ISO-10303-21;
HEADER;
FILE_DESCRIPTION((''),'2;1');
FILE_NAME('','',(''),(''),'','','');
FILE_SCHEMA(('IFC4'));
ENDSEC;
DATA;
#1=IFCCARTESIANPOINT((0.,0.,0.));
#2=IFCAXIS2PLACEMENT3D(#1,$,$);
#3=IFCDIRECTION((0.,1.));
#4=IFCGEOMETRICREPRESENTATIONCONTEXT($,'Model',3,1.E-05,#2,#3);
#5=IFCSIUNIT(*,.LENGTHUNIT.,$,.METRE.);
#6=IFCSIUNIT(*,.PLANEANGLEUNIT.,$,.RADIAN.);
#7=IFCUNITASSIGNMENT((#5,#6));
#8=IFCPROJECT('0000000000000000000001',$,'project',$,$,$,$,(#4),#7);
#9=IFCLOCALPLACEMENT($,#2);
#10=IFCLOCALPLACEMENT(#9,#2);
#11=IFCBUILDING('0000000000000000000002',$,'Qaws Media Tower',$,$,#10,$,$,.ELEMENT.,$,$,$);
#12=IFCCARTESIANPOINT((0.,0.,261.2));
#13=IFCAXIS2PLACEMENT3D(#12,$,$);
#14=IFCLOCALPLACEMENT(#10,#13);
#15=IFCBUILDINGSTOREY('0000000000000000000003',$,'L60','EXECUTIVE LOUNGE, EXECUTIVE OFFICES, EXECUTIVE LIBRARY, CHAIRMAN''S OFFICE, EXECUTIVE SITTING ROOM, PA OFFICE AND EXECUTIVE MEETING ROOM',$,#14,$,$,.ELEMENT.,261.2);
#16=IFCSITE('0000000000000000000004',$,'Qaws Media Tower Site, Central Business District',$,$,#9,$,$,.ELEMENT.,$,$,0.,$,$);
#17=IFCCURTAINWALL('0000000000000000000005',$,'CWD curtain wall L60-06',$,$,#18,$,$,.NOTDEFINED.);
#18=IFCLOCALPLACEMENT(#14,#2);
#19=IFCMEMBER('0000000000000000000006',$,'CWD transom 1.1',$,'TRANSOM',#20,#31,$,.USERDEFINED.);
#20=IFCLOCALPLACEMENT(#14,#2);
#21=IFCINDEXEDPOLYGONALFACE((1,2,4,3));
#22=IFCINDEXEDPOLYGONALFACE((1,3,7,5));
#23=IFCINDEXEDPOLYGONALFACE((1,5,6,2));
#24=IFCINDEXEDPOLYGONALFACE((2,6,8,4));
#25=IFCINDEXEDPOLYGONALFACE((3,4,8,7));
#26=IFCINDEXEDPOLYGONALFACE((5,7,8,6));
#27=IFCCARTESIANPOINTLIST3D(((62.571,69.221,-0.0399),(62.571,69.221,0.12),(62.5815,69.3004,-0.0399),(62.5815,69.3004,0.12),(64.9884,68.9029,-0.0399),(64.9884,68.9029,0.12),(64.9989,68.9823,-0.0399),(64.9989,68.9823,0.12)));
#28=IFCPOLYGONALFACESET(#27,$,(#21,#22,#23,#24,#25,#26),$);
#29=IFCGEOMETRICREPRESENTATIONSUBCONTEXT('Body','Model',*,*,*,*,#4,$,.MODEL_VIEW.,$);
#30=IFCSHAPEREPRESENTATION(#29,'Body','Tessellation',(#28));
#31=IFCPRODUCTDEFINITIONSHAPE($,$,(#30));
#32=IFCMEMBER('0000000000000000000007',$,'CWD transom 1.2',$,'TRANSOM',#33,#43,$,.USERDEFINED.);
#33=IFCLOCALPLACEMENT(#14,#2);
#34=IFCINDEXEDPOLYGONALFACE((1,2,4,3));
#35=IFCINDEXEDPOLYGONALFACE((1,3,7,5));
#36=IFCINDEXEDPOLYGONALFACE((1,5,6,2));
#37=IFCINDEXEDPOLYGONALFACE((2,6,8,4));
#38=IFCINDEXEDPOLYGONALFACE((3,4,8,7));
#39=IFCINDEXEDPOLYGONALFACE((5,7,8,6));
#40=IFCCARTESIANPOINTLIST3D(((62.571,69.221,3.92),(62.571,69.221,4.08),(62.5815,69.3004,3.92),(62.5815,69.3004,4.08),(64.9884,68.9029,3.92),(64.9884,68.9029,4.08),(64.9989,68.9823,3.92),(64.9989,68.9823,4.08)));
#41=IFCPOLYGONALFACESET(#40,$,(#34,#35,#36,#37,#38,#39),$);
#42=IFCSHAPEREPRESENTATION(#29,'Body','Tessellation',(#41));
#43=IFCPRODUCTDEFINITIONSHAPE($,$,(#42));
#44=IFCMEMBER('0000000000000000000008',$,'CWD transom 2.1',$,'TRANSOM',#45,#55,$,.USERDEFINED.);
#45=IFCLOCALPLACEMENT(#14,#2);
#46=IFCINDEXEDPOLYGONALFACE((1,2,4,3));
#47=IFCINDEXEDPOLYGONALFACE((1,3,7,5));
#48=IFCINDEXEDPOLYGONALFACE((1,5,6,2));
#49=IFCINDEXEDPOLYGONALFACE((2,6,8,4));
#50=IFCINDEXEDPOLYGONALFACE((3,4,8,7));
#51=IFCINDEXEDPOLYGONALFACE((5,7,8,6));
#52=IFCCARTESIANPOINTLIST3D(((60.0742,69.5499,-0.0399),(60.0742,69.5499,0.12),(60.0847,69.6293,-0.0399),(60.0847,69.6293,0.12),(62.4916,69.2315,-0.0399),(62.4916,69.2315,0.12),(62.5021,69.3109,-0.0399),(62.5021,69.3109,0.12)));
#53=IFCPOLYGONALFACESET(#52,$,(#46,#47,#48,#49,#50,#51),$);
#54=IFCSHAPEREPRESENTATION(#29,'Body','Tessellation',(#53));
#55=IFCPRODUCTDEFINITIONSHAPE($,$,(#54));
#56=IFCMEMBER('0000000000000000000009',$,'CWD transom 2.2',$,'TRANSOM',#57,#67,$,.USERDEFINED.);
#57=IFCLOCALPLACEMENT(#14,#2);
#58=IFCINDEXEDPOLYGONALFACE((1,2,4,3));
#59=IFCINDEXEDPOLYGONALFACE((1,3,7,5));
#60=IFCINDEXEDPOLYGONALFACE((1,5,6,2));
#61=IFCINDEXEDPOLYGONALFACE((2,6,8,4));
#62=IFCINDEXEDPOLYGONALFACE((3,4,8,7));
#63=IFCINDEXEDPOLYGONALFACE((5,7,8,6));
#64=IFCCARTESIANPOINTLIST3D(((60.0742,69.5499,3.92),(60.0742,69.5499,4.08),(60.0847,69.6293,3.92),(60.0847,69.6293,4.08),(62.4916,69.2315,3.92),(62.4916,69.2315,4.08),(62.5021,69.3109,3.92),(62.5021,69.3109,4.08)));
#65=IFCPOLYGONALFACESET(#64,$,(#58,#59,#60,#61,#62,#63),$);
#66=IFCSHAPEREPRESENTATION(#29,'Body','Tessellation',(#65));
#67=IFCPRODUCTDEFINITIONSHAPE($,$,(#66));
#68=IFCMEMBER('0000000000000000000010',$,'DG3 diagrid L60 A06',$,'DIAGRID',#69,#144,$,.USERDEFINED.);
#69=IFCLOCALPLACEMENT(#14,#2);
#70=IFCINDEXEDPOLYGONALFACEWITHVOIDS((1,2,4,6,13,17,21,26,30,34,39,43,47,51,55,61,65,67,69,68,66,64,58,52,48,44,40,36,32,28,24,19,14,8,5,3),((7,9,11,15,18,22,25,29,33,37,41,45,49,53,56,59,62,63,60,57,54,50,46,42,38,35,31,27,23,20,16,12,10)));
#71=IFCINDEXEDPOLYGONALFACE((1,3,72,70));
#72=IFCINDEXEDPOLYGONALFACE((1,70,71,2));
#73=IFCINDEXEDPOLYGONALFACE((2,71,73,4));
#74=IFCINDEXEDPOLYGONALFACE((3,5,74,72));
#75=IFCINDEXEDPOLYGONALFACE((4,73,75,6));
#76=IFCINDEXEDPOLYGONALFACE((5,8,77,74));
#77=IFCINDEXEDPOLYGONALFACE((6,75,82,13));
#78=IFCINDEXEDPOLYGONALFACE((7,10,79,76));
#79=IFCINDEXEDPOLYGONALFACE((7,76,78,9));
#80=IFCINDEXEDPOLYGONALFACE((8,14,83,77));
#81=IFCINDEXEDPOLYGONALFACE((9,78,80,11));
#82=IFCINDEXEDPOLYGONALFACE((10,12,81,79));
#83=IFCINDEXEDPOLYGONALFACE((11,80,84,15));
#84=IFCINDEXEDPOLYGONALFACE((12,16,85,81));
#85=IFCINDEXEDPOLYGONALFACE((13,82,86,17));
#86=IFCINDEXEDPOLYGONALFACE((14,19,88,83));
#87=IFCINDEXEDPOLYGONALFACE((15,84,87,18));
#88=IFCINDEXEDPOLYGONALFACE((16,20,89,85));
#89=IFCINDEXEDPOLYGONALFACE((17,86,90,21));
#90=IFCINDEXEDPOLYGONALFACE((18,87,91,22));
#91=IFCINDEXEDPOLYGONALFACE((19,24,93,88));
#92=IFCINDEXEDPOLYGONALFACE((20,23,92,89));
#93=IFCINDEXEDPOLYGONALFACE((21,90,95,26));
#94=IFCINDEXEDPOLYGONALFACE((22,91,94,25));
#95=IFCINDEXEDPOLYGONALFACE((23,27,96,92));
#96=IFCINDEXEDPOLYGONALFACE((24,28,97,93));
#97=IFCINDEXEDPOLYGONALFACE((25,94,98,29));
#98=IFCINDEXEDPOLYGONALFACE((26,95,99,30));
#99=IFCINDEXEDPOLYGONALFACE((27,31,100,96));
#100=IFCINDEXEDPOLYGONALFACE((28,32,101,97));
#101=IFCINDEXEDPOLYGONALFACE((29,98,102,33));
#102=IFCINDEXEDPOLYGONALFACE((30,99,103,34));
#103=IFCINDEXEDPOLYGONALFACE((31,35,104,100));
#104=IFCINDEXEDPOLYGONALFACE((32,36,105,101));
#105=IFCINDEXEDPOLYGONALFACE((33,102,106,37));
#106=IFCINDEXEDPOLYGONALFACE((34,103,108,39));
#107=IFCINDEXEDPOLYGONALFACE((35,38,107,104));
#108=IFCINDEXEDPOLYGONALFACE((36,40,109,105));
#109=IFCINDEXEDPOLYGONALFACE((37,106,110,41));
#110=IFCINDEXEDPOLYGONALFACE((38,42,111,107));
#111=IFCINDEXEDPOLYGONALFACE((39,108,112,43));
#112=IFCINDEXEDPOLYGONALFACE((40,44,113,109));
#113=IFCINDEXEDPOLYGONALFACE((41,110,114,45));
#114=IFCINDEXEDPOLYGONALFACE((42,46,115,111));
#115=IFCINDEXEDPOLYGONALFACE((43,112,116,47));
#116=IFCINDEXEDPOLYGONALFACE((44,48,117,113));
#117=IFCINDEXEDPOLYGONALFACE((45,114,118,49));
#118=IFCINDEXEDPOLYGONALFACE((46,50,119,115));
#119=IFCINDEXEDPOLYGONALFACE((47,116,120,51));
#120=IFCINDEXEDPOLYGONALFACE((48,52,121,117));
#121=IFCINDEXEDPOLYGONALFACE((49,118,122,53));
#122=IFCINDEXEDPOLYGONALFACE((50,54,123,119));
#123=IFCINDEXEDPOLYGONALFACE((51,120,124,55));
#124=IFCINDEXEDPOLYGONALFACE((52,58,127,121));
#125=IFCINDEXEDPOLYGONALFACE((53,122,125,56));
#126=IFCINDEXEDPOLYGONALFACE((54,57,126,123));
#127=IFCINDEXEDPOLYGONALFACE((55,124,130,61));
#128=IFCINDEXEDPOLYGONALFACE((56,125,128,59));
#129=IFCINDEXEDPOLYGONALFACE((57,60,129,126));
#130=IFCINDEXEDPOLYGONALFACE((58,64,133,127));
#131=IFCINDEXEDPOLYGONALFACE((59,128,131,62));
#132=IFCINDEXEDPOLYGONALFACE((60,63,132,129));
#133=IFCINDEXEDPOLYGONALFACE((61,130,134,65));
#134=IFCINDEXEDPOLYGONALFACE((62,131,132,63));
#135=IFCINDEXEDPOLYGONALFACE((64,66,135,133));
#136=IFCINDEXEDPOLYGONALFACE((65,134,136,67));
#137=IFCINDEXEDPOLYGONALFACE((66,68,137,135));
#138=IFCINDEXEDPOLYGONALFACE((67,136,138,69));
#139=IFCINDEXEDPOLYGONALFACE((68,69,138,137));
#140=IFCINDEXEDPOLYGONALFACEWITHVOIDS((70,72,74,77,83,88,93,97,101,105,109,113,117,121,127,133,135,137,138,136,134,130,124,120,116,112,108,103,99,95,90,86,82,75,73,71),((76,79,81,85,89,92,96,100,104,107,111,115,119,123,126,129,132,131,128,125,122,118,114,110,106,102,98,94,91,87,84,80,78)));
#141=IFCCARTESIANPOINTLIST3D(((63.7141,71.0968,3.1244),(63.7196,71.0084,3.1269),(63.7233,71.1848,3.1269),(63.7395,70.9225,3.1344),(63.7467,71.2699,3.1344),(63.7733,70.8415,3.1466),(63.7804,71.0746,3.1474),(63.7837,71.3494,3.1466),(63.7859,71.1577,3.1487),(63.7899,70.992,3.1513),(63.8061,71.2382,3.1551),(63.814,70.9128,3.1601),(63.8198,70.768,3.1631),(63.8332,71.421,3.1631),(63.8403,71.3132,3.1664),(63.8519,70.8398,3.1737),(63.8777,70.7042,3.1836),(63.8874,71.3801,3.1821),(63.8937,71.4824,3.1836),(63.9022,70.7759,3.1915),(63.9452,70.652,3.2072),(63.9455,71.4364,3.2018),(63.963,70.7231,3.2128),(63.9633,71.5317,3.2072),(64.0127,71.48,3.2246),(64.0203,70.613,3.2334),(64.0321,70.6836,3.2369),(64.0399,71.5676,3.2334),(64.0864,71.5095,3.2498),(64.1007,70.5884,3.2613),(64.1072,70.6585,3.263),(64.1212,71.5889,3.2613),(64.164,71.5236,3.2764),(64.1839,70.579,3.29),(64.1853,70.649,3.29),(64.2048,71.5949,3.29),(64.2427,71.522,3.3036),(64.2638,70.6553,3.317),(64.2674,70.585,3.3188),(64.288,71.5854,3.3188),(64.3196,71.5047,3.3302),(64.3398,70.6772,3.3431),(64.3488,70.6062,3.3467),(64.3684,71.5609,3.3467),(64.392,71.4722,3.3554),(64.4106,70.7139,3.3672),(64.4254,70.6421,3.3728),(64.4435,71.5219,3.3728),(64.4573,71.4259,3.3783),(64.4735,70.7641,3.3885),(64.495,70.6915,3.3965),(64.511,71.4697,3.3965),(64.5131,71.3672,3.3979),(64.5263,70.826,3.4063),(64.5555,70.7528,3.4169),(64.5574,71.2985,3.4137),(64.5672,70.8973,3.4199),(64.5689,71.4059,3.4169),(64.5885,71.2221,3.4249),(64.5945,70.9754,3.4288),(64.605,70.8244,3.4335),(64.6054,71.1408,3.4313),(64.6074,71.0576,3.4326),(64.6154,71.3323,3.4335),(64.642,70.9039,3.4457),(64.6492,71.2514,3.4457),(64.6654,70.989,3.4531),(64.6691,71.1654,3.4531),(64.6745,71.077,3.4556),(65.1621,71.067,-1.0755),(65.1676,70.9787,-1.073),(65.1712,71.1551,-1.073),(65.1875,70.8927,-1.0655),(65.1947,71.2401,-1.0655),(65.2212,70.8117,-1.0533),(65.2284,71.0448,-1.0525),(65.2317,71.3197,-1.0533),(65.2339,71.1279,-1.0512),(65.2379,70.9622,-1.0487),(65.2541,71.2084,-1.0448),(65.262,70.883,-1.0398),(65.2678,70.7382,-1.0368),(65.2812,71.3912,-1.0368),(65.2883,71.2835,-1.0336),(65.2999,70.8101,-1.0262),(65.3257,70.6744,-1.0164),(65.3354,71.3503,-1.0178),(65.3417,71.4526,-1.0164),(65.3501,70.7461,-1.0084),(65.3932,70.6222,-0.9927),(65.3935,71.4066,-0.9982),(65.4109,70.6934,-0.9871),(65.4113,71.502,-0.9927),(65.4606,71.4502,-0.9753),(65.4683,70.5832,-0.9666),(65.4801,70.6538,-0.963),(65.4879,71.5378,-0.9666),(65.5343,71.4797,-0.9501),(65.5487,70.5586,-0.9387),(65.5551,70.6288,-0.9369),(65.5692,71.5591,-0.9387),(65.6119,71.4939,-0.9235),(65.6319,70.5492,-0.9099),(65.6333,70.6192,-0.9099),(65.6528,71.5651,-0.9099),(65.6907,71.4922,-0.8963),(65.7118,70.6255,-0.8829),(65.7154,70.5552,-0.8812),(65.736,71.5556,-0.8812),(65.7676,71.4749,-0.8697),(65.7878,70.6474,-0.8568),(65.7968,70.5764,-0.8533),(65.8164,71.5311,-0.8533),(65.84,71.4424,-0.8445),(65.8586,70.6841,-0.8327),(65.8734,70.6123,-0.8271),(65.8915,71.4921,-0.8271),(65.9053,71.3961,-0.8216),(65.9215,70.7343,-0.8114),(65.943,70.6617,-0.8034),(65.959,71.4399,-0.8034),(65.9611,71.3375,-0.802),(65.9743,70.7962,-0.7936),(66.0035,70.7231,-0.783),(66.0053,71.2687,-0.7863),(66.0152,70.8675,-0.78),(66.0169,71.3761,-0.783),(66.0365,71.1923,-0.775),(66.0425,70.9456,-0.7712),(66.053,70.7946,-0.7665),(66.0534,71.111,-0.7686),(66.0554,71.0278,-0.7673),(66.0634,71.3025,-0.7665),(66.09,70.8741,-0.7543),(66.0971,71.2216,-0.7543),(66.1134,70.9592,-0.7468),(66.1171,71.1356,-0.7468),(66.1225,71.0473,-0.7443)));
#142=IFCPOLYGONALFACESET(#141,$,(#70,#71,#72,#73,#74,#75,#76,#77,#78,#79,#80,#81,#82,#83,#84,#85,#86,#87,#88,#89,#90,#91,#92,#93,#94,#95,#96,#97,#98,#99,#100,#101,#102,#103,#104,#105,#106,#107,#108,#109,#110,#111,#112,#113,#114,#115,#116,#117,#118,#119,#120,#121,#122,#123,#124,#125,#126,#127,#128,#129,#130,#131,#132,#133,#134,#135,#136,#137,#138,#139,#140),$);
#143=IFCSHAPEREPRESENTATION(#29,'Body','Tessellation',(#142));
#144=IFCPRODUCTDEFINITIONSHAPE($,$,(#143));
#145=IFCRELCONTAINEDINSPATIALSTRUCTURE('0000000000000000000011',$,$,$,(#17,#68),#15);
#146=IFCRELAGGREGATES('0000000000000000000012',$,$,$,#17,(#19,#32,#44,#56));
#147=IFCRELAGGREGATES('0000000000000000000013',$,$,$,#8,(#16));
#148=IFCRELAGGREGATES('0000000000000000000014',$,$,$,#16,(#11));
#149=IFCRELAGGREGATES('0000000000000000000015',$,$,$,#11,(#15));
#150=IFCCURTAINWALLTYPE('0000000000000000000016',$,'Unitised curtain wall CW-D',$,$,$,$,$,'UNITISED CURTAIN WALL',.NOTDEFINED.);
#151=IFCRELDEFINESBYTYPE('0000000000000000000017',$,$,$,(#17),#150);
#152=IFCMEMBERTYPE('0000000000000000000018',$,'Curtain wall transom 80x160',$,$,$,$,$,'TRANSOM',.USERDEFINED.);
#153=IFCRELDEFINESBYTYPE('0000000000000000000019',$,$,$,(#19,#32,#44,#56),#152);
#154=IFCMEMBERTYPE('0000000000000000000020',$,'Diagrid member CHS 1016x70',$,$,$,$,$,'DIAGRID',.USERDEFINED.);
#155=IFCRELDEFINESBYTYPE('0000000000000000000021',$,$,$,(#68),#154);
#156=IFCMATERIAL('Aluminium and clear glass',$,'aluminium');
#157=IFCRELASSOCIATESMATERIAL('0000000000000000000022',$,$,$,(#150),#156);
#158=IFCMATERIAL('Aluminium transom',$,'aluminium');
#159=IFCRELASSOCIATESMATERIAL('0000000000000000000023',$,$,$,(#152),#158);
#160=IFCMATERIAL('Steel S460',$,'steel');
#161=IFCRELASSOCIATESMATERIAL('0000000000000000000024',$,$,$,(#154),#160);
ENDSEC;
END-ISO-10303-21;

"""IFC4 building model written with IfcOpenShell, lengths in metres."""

from ifc_helpers import new_model, si_unit, direction, frame, origin, origin_2d, place, context, subcontext, project, spatial, rectangle, hollow_circle, extrude, material, material_profile, profile_set, type_object, element, aggregate, save


model = new_model("IFC4")

# Units and contexts
model_context = context("Model", 3, precision=1e-05, world=origin(), true_north=direction((0.0, 1.0)))
body_context = subcontext(model_context, "Body", "Model", "MODEL_VIEW")
ifc_project = project(units=[si_unit("LENGTHUNIT", "METRE"), si_unit("PLANEANGLEUNIT", "RADIAN")], contexts=[model_context])

# Site, building, storey
site_placement = place(None, origin())
site = spatial("IfcSite", under=ifc_project, at=site_placement, Name="Qaws Media Tower Site, Central Business District", CompositionType="ELEMENT", RefElevation=0.0)
building_placement = place(site_placement, origin())
building = spatial("IfcBuilding", under=site, at=building_placement, Name="Qaws Media Tower", CompositionType="ELEMENT")
storey_placement = place(building_placement, frame((0.0, 0.0, 261.2)))
storey = spatial("IfcBuildingStorey", under=building, at=storey_placement, Name="L60", Description="EXECUTIVE LOUNGE, EXECUTIVE OFFICES, EXECUTIVE LIBRARY, CHAIRMAN'S OFFICE, EXECUTIVE SITTING ROOM, PA OFFICE AND EXECUTIVE MEETING ROOM", CompositionType="ELEMENT", Elevation=261.2)

# Curtain wall
ifc_material_1 = material(Name="Aluminium and clear glass", Category="aluminium")
curtain_wall_type = type_object("IfcCurtainWallType", Name="Unitised curtain wall CW-D", ElementType="UNITISED CURTAIN WALL", PredefinedType="NOTDEFINED", material=ifc_material_1)
curtain_wall_1_placement = place(storey_placement, origin())
curtain_wall_1 = element("IfcCurtainWall", 1, at=curtain_wall_1_placement, inside=storey, type_object=curtain_wall_type, Name="CWD curtain wall L60-06", PredefinedType="NOTDEFINED")

# Members
ifc_material_2 = material(Name="Aluminium transom", Category="aluminium")
ifc_material_profile_1 = material_profile(ifc_material_2, rectangle(XDim=0.0801, YDim=0.1599, at=origin_2d()), Name="80x160")
ifc_profile_set_1 = profile_set([ifc_material_profile_1], Name="Aluminium transom")
member_type_1 = type_object("IfcMemberType", Name="Curtain wall transom 80x160", ElementType="TRANSOM", PredefinedType="USERDEFINED", material=ifc_profile_set_1)
member_1_placement = place(storey_placement, frame((64.9937, 68.9426, 0.04), z_axis=(-0.991453, 0.130465, 0.0), x_axis=(-0.130465, -0.991453, 0.0)))
member_1 = element("IfcMember", 2, at=member_1_placement, type_object=member_type_1, Name="CWD transom 1.1", ObjectType="TRANSOM", PredefinedType="USERDEFINED", context=body_context, shape_type="SweptSolid", body=[
    extrude(rectangle(XDim=0.0801, YDim=0.1599, at=origin_2d()), origin(), (0.0, 0.0, 1.0), 2.4382),
])
member_2_placement = place(storey_placement, frame((64.9937, 68.9426, 4.0), z_axis=(-0.991453, 0.130465, 0.0), x_axis=(-0.130465, -0.991453, 0.0)))
member_2 = element("IfcMember", 3, at=member_2_placement, type_object=member_type_1, Name="CWD transom 1.2", ObjectType="TRANSOM", PredefinedType="USERDEFINED", context=body_context, shape_type="SweptSolid", body=[
    extrude(rectangle(XDim=0.0801, YDim=0.1599, at=origin_2d()), origin(), (0.0, 0.0, 1.0), 2.4382),
])
member_3_placement = place(storey_placement, frame((62.4968, 69.2712, 0.04), z_axis=(-0.99144, 0.130563, 0.0), x_axis=(-0.130563, -0.99144, 0.0)))
member_3 = element("IfcMember", 4, at=member_3_placement, type_object=member_type_1, Name="CWD transom 2.1", ObjectType="TRANSOM", PredefinedType="USERDEFINED", context=body_context, shape_type="SweptSolid", body=[
    extrude(rectangle(XDim=0.0801, YDim=0.1599, at=origin_2d()), origin(), (0.0, 0.0, 1.0), 2.4382),
])
member_4_placement = place(storey_placement, frame((62.4968, 69.2712, 4.0), z_axis=(-0.99144, 0.130563, 0.0), x_axis=(-0.130563, -0.99144, 0.0)))
member_4 = element("IfcMember", 5, at=member_4_placement, type_object=member_type_1, Name="CWD transom 2.2", ObjectType="TRANSOM", PredefinedType="USERDEFINED", context=body_context, shape_type="SweptSolid", body=[
    extrude(rectangle(XDim=0.0801, YDim=0.1599, at=origin_2d()), origin(), (0.0, 0.0, 1.0), 2.4382),
])

# Member
ifc_material_3 = material(Name="Steel S460", Category="steel")
ifc_material_profile_2 = material_profile(ifc_material_3, hollow_circle(Radius=0.5081, WallThickness=0.0701, at=origin_2d()), Name="CHS 1016x70")
ifc_profile_set_2 = profile_set([ifc_material_profile_2], Name="Steel S460")
member_type_2 = type_object("IfcMemberType", Name="Diagrid member CHS 1016x70", ElementType="DIAGRID", PredefinedType="USERDEFINED", material=ifc_profile_set_2)
for number, where, z_axis, x_axis, name in (
    (6, (65.6423, 71.0571, -0.9099), (-0.325931, 0.006704, 0.94537), (-0.020566, -0.999789, 0.0), "DG3 diagrid L60 A06"),
):
    element("IfcMember", number, at=place(storey_placement, frame(where, z_axis=z_axis, x_axis=x_axis)), inside=storey, type_object=member_type_2, Name=name, ObjectType="DIAGRID", PredefinedType="USERDEFINED", context=body_context, shape_type="SweptSolid", body=[
        extrude(hollow_circle(Radius=0.5081, WallThickness=0.0701, at=origin_2d()), origin(), (0.0, 0.0, 1.0), 4.4426),
    ])

aggregate(curtain_wall_1, [member_1, member_2, member_3, member_4])

save(model, "model.ifc")
